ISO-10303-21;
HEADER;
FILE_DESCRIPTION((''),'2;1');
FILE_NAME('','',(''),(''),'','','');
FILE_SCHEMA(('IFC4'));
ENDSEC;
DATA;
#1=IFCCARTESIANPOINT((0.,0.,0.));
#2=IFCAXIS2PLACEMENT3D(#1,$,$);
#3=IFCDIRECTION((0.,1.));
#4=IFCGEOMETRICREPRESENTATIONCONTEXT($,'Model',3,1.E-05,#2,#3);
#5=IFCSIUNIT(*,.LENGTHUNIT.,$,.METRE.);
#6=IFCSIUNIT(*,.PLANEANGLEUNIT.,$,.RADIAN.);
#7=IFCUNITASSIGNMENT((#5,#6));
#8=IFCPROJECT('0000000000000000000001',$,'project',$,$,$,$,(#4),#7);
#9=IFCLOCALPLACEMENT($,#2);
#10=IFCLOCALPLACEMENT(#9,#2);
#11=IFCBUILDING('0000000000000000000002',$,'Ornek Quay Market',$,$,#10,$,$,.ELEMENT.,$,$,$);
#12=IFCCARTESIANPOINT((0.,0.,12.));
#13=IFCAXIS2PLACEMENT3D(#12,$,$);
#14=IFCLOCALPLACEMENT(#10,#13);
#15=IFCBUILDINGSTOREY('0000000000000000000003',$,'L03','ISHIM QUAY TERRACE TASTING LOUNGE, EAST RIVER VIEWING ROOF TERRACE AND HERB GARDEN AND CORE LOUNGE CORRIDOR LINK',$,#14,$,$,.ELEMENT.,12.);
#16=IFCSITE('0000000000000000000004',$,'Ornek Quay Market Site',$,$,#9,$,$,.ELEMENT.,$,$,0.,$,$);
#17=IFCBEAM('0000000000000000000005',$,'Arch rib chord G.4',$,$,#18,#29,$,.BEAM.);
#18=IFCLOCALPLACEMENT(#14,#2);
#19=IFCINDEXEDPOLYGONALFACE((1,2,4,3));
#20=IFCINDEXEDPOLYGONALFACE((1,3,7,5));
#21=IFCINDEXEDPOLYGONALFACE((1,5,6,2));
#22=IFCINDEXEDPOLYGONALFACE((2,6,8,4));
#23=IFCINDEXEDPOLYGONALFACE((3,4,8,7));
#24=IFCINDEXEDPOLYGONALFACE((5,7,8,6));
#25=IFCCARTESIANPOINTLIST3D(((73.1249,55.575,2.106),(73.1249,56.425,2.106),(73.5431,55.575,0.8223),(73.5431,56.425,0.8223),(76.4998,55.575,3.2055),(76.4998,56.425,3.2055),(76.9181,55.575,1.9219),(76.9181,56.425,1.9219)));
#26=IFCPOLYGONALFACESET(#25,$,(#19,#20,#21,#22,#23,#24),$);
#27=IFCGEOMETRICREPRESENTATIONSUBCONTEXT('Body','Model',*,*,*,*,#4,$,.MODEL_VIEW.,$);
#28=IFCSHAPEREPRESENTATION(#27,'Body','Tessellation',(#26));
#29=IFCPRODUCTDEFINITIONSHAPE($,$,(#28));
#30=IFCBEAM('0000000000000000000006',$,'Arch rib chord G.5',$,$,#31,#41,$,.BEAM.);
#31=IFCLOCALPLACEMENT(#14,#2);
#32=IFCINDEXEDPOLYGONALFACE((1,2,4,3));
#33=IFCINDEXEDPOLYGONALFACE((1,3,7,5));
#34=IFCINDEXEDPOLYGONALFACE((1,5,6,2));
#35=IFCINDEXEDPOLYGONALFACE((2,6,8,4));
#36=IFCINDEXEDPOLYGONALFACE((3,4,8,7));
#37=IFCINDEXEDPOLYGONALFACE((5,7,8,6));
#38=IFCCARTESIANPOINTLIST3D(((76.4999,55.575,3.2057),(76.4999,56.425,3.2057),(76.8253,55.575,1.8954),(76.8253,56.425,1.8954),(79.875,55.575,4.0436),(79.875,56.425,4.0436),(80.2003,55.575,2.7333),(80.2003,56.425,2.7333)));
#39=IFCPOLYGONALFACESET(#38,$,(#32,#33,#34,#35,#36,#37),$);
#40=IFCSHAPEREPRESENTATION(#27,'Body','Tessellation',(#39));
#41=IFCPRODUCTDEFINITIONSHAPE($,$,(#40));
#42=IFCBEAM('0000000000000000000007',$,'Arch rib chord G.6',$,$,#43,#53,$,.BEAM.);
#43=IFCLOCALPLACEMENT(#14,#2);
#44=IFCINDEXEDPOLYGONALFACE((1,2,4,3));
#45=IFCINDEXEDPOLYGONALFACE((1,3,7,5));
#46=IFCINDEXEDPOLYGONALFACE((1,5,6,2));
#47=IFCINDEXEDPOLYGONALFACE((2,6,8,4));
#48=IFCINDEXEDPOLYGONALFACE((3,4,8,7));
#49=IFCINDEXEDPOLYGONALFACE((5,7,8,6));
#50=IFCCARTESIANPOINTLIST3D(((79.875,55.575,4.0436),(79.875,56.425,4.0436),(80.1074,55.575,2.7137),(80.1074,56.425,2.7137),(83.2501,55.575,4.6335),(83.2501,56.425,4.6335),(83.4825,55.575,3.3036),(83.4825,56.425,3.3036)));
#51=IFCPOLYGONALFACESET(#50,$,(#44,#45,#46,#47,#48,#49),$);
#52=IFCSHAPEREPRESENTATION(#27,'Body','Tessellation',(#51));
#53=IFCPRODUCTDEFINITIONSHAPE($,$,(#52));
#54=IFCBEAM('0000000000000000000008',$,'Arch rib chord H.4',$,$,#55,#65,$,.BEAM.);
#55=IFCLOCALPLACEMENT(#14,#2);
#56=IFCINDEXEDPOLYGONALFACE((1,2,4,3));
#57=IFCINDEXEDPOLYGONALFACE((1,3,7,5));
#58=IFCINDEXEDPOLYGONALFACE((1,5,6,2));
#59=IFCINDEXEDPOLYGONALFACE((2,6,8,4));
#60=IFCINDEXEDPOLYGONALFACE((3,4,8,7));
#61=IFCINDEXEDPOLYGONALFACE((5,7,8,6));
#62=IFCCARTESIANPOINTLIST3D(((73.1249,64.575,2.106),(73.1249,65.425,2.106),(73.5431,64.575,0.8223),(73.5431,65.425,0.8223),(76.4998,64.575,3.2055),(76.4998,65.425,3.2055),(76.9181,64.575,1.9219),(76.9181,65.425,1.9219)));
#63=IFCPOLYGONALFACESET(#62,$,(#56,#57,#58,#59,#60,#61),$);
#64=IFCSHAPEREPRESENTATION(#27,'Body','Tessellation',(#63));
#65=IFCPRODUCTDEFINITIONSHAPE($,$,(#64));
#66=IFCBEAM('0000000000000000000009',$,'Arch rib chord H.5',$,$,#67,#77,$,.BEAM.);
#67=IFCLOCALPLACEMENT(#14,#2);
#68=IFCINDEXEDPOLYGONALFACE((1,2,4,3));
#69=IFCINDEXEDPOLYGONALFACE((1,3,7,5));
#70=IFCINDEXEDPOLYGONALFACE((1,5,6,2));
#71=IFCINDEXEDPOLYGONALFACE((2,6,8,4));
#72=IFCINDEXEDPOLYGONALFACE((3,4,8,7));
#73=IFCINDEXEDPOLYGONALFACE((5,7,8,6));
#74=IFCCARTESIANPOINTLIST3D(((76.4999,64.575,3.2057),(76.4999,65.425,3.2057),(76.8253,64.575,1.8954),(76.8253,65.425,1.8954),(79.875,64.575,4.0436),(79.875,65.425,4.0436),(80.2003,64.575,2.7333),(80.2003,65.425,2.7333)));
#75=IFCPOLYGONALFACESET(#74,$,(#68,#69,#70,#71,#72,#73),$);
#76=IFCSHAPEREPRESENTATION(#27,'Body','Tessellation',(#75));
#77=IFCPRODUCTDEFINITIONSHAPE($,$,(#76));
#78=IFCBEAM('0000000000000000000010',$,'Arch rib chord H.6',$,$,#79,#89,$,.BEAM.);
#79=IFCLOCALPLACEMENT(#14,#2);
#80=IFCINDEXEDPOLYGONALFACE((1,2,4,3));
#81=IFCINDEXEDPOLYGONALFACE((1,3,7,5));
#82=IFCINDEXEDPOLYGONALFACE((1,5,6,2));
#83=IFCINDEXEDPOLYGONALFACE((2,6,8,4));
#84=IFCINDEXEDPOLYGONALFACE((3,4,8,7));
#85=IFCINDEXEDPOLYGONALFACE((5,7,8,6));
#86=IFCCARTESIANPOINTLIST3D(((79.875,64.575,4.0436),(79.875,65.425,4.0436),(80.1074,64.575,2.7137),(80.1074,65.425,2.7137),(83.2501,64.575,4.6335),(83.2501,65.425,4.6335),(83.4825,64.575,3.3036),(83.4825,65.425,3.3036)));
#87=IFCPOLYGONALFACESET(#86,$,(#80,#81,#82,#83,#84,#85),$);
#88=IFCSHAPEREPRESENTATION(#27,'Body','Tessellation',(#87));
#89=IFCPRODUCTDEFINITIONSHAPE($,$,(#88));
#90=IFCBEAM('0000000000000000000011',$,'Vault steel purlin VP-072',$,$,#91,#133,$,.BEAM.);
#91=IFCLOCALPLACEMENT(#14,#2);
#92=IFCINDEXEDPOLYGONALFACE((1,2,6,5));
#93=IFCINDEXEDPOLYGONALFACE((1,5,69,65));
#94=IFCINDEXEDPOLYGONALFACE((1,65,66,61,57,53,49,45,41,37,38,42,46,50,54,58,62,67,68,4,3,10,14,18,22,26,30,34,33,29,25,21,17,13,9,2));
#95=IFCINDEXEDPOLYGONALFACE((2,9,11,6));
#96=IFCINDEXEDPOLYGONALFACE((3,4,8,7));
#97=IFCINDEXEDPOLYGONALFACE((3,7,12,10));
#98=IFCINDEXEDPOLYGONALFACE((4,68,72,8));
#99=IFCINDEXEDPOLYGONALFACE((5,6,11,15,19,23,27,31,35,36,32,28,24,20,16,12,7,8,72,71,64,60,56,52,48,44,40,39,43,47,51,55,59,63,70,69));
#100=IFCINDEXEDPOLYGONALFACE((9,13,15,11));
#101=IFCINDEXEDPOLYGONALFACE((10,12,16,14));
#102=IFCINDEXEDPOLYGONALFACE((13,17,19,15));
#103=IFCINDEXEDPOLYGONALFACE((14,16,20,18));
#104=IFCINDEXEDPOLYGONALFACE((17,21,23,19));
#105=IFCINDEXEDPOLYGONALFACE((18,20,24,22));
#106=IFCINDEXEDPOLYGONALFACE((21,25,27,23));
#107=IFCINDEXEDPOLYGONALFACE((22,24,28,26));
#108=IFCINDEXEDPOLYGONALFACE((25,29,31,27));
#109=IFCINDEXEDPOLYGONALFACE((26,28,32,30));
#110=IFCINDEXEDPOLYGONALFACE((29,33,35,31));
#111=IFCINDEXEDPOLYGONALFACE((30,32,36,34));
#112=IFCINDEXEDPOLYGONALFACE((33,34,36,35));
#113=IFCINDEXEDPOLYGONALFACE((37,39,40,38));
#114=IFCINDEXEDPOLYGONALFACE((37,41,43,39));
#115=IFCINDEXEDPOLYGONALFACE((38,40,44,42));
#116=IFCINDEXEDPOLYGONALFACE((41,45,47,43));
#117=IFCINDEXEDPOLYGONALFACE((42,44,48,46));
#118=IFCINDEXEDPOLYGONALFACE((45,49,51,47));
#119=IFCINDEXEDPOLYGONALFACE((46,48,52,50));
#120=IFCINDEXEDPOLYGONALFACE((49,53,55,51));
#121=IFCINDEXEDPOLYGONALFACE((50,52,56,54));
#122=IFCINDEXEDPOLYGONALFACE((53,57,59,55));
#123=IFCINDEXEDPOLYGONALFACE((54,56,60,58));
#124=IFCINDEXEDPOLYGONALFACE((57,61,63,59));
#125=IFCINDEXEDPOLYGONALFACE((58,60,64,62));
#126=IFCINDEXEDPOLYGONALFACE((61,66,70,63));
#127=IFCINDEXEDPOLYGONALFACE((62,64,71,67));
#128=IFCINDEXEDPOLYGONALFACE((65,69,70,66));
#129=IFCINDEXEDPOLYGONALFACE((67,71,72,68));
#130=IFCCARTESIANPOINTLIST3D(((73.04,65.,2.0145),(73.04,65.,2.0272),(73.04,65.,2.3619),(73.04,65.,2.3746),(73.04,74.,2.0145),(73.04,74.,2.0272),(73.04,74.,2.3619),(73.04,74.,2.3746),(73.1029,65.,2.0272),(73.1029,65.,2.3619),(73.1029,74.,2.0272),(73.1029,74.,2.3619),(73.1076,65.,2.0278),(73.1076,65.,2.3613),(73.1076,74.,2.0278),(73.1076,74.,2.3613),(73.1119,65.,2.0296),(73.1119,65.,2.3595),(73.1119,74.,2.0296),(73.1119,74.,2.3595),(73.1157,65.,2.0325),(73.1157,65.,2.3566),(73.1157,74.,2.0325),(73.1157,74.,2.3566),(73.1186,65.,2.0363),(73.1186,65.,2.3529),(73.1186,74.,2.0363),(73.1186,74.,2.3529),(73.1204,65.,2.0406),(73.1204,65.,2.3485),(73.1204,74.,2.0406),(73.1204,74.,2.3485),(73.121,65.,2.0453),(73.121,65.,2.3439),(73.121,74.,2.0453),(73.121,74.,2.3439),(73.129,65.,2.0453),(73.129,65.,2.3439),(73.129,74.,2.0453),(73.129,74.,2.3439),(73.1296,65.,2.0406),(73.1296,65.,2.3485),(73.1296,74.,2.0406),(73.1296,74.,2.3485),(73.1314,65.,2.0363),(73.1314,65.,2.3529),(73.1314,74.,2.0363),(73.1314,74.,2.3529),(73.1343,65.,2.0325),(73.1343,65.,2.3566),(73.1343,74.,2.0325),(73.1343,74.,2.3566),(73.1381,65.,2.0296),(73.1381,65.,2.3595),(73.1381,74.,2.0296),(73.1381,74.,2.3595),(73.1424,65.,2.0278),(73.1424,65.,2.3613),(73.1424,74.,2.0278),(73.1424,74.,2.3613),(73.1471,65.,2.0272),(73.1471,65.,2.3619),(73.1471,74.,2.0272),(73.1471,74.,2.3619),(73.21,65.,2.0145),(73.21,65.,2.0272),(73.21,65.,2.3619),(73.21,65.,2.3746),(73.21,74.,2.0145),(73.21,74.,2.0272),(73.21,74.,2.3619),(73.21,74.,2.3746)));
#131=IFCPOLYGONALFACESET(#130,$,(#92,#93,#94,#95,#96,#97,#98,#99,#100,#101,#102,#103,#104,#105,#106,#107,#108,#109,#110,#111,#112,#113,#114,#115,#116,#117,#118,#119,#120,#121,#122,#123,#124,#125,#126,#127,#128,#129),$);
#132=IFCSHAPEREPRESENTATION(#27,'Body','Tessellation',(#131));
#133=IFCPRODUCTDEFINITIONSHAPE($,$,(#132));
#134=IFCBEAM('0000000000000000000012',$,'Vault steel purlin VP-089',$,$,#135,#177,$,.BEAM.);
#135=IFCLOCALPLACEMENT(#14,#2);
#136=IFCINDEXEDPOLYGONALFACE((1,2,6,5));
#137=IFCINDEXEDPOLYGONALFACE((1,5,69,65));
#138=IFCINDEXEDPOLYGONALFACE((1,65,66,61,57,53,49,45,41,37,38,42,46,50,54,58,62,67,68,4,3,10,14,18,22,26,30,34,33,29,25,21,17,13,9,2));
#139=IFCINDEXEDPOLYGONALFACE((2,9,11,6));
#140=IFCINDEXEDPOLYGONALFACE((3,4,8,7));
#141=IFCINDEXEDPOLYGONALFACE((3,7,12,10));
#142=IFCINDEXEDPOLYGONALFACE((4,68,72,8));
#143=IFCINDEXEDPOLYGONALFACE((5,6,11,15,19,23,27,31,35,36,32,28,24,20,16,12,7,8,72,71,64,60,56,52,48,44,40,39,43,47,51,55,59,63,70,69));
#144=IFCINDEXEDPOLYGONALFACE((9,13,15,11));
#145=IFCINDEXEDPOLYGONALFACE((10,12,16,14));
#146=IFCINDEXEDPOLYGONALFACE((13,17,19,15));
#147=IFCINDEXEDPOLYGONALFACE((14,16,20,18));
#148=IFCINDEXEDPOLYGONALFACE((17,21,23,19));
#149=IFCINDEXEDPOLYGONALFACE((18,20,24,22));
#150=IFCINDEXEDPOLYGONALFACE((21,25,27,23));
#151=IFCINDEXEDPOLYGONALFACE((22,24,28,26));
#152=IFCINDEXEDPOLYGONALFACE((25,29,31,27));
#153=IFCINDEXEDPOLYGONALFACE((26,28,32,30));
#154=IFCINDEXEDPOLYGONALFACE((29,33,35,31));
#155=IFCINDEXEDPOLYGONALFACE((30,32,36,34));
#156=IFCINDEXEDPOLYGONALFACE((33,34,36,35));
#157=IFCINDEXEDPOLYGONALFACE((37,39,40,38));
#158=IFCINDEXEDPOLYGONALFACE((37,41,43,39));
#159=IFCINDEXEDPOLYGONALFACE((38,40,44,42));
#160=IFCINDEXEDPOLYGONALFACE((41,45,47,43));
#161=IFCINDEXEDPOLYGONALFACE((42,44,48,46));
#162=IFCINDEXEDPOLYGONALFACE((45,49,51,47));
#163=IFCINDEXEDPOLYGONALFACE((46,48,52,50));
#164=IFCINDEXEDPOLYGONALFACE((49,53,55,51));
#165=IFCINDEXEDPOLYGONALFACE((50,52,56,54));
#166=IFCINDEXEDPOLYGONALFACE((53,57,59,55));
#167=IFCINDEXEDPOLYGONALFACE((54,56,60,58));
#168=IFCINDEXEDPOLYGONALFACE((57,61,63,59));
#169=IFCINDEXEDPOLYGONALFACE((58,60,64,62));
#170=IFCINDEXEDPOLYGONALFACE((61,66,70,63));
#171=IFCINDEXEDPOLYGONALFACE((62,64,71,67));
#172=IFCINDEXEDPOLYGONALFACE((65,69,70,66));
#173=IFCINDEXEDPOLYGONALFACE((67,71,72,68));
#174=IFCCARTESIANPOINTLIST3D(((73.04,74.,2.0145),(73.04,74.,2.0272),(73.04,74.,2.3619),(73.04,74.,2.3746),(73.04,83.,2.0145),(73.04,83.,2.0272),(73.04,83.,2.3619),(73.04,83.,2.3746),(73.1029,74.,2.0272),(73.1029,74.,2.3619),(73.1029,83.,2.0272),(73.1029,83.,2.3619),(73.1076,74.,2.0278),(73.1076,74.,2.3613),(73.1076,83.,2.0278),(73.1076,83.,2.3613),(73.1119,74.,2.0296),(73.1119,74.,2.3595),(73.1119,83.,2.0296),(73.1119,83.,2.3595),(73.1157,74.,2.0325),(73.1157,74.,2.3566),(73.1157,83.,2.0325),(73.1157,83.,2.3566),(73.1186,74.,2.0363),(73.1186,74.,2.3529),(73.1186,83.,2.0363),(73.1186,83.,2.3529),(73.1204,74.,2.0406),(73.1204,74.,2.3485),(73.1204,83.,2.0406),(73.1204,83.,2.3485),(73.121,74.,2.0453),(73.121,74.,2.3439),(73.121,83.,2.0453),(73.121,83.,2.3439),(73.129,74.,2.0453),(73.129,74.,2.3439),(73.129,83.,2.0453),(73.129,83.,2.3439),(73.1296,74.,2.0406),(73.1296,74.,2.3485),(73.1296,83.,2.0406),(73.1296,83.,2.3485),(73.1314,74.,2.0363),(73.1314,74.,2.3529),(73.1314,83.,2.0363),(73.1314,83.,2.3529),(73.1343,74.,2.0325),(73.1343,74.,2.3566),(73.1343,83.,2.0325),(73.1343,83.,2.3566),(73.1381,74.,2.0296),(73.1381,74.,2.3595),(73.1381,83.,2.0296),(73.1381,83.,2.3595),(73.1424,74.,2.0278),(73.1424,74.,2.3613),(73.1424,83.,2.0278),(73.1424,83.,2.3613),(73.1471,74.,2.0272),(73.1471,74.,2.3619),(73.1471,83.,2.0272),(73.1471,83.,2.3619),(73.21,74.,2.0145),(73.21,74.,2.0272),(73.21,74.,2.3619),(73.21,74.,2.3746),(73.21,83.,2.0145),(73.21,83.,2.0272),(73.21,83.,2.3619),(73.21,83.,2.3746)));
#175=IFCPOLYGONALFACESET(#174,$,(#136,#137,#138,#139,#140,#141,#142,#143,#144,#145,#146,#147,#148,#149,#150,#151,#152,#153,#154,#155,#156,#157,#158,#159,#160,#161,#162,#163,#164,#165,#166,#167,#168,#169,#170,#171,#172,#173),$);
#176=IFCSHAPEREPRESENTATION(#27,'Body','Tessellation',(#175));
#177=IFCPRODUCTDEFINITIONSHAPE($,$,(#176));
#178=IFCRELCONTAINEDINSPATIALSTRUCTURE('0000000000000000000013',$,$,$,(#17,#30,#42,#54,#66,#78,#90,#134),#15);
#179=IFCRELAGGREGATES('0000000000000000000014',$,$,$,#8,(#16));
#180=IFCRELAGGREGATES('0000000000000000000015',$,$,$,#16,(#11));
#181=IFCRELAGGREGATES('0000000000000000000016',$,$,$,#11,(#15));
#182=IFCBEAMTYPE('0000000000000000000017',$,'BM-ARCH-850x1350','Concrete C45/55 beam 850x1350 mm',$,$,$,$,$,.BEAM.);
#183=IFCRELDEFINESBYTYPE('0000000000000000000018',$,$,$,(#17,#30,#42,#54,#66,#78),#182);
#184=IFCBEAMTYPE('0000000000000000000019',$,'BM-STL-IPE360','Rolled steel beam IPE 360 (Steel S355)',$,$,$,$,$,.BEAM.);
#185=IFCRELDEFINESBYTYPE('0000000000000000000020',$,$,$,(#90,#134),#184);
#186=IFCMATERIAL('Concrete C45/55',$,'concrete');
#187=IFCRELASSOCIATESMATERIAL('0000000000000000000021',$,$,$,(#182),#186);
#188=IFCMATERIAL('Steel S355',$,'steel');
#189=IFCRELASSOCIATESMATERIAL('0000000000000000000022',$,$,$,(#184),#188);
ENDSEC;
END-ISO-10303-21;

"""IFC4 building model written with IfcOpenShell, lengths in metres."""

from ifc_helpers import new_model, si_unit, direction, frame, origin, origin_2d, place, context, subcontext, project, spatial, rectangle, i_section, extrude, material, material_profile, profile_set, type_object, element, save


model = new_model("IFC4")

# Units and contexts
model_context = context("Model", 3, precision=1e-05, world=origin(), true_north=direction((0.0, 1.0)))
body_context = subcontext(model_context, "Body", "Model", "MODEL_VIEW")
ifc_project = project(units=[si_unit("LENGTHUNIT", "METRE"), si_unit("PLANEANGLEUNIT", "RADIAN")], contexts=[model_context])

# Site, building, storey
site_placement = place(None, origin())
site = spatial("IfcSite", under=ifc_project, at=site_placement, Name="Ornek Quay Market Site", CompositionType="ELEMENT", RefElevation=0.0)
building_placement = place(site_placement, origin())
building = spatial("IfcBuilding", under=site, at=building_placement, Name="Ornek Quay Market", CompositionType="ELEMENT")
storey_placement = place(building_placement, frame((0.0, 0.0, 12.0)))
storey = spatial("IfcBuildingStorey", under=building, at=storey_placement, Name="L03", Description="ISHIM QUAY TERRACE TASTING LOUNGE, EAST RIVER VIEWING ROOF TERRACE AND HERB GARDEN AND CORE LOUNGE CORRIDOR LINK", CompositionType="ELEMENT", Elevation=12.0)

# Beams
ifc_material_1 = material(Name="Concrete C45/55", Category="concrete")
ifc_material_profile_1 = material_profile(ifc_material_1, rectangle(XDim=0.8501, YDim=1.3501, at=origin_2d()), Name="RC 850x1350", Category="concrete")
ifc_profile_set_1 = profile_set([ifc_material_profile_1], Name="Concrete C45/55")
beam_type_1 = type_object("IfcBeamType", Name="BM-ARCH-850x1350", Description="Concrete C45/55 beam 850x1350 mm", PredefinedType="BEAM", material=ifc_profile_set_1)
beam_1_placement = place(storey_placement, frame((73.334, 56.0, 1.4641), z_axis=(0.950807, 0.0, 0.309783), x_axis=(0.0, 1.0, 0.0)))
element("IfcBeam", 1, at=beam_1_placement, inside=storey, type_object=beam_type_1, Name="Arch rib chord G.4", PredefinedType="BEAM", context=body_context, shape_type="SweptSolid", body=[
    extrude(rectangle(XDim=0.8501, YDim=1.3501, at=origin_2d()), origin(), (0.0, 0.0, 1.0), 3.5496),
])
beam_2_placement = place(storey_placement, frame((76.6626, 56.0, 2.5505), z_axis=(0.970538, 0.0, 0.240949), x_axis=(0.0, 1.0, 0.0)))
element("IfcBeam", 2, at=beam_2_placement, inside=storey, type_object=beam_type_1, Name="Arch rib chord G.5", PredefinedType="BEAM", context=body_context, shape_type="SweptSolid", body=[
    extrude(rectangle(XDim=0.8501, YDim=1.3501, at=origin_2d()), origin(), (0.0, 0.0, 1.0), 3.4775),
])
beam_3_placement = place(storey_placement, frame((79.9912, 56.0, 3.3787), z_axis=(0.985069, 0.0, 0.172159), x_axis=(0.0, 1.0, 0.0)))
element("IfcBeam", 3, at=beam_3_placement, inside=storey, type_object=beam_type_1, Name="Arch rib chord G.6", PredefinedType="BEAM", context=body_context, shape_type="SweptSolid", body=[
    extrude(rectangle(XDim=0.8501, YDim=1.3501, at=origin_2d()), origin(), (0.0, 0.0, 1.0), 3.4263),
])
beam_4_placement = place(storey_placement, frame((73.334, 65.0, 1.4641), z_axis=(0.950807, 0.0, 0.309783), x_axis=(0.0, 1.0, 0.0)))
element("IfcBeam", 4, at=beam_4_placement, inside=storey, type_object=beam_type_1, Name="Arch rib chord H.4", PredefinedType="BEAM", context=body_context, shape_type="SweptSolid", body=[
    extrude(rectangle(XDim=0.8501, YDim=1.3501, at=origin_2d()), origin(), (0.0, 0.0, 1.0), 3.5496),
])
beam_5_placement = place(storey_placement, frame((76.6626, 65.0, 2.5505), z_axis=(0.970538, 0.0, 0.240949), x_axis=(0.0, 1.0, 0.0)))
element("IfcBeam", 5, at=beam_5_placement, inside=storey, type_object=beam_type_1, Name="Arch rib chord H.5", PredefinedType="BEAM", context=body_context, shape_type="SweptSolid", body=[
    extrude(rectangle(XDim=0.8501, YDim=1.3501, at=origin_2d()), origin(), (0.0, 0.0, 1.0), 3.4775),
])
beam_6_placement = place(storey_placement, frame((79.9912, 65.0, 3.3787), z_axis=(0.985069, 0.0, 0.172159), x_axis=(0.0, 1.0, 0.0)))
element("IfcBeam", 6, at=beam_6_placement, inside=storey, type_object=beam_type_1, Name="Arch rib chord H.6", PredefinedType="BEAM", context=body_context, shape_type="SweptSolid", body=[
    extrude(rectangle(XDim=0.8501, YDim=1.3501, at=origin_2d()), origin(), (0.0, 0.0, 1.0), 3.4263),
])
ifc_material_2 = material(Name="Steel S355", Category="steel")
ifc_material_profile_2 = material_profile(ifc_material_2, i_section(OverallWidth=0.1699, OverallDepth=0.3601, WebThickness=0.0081, FlangeThickness=0.0127, FilletRadius=0.0181, at=origin_2d()), Name="IPE 360", Category="steel")
ifc_profile_set_2 = profile_set([ifc_material_profile_2], Name="Steel S355")
beam_type_2 = type_object("IfcBeamType", Name="BM-STL-IPE360", Description="Rolled steel beam IPE 360 (Steel S355)", PredefinedType="BEAM", material=ifc_profile_set_2)
for number, where, z_axis, x_axis, name in (
    (7, (73.125, 65.0, 2.1946), (0.0, 1.0, 0.0), (-1.0, 0.0, 0.0), "Vault steel purlin VP-072"),
    (8, (73.125, 74.0, 2.1946), (0.0, 1.0, 0.0), (-1.0, 0.0, 0.0), "Vault steel purlin VP-089"),
):
    element("IfcBeam", number, at=place(storey_placement, frame(where, z_axis=z_axis, x_axis=x_axis)), inside=storey, type_object=beam_type_2, Name=name, PredefinedType="BEAM", context=body_context, shape_type="SweptSolid", body=[
        extrude(i_section(OverallWidth=0.1699, OverallDepth=0.3601, WebThickness=0.0081, FlangeThickness=0.0127, FilletRadius=0.0181, at=origin_2d()), origin(), (0.0, 0.0, 1.0), 9.0),
    ])

save(model, "model.ifc")
